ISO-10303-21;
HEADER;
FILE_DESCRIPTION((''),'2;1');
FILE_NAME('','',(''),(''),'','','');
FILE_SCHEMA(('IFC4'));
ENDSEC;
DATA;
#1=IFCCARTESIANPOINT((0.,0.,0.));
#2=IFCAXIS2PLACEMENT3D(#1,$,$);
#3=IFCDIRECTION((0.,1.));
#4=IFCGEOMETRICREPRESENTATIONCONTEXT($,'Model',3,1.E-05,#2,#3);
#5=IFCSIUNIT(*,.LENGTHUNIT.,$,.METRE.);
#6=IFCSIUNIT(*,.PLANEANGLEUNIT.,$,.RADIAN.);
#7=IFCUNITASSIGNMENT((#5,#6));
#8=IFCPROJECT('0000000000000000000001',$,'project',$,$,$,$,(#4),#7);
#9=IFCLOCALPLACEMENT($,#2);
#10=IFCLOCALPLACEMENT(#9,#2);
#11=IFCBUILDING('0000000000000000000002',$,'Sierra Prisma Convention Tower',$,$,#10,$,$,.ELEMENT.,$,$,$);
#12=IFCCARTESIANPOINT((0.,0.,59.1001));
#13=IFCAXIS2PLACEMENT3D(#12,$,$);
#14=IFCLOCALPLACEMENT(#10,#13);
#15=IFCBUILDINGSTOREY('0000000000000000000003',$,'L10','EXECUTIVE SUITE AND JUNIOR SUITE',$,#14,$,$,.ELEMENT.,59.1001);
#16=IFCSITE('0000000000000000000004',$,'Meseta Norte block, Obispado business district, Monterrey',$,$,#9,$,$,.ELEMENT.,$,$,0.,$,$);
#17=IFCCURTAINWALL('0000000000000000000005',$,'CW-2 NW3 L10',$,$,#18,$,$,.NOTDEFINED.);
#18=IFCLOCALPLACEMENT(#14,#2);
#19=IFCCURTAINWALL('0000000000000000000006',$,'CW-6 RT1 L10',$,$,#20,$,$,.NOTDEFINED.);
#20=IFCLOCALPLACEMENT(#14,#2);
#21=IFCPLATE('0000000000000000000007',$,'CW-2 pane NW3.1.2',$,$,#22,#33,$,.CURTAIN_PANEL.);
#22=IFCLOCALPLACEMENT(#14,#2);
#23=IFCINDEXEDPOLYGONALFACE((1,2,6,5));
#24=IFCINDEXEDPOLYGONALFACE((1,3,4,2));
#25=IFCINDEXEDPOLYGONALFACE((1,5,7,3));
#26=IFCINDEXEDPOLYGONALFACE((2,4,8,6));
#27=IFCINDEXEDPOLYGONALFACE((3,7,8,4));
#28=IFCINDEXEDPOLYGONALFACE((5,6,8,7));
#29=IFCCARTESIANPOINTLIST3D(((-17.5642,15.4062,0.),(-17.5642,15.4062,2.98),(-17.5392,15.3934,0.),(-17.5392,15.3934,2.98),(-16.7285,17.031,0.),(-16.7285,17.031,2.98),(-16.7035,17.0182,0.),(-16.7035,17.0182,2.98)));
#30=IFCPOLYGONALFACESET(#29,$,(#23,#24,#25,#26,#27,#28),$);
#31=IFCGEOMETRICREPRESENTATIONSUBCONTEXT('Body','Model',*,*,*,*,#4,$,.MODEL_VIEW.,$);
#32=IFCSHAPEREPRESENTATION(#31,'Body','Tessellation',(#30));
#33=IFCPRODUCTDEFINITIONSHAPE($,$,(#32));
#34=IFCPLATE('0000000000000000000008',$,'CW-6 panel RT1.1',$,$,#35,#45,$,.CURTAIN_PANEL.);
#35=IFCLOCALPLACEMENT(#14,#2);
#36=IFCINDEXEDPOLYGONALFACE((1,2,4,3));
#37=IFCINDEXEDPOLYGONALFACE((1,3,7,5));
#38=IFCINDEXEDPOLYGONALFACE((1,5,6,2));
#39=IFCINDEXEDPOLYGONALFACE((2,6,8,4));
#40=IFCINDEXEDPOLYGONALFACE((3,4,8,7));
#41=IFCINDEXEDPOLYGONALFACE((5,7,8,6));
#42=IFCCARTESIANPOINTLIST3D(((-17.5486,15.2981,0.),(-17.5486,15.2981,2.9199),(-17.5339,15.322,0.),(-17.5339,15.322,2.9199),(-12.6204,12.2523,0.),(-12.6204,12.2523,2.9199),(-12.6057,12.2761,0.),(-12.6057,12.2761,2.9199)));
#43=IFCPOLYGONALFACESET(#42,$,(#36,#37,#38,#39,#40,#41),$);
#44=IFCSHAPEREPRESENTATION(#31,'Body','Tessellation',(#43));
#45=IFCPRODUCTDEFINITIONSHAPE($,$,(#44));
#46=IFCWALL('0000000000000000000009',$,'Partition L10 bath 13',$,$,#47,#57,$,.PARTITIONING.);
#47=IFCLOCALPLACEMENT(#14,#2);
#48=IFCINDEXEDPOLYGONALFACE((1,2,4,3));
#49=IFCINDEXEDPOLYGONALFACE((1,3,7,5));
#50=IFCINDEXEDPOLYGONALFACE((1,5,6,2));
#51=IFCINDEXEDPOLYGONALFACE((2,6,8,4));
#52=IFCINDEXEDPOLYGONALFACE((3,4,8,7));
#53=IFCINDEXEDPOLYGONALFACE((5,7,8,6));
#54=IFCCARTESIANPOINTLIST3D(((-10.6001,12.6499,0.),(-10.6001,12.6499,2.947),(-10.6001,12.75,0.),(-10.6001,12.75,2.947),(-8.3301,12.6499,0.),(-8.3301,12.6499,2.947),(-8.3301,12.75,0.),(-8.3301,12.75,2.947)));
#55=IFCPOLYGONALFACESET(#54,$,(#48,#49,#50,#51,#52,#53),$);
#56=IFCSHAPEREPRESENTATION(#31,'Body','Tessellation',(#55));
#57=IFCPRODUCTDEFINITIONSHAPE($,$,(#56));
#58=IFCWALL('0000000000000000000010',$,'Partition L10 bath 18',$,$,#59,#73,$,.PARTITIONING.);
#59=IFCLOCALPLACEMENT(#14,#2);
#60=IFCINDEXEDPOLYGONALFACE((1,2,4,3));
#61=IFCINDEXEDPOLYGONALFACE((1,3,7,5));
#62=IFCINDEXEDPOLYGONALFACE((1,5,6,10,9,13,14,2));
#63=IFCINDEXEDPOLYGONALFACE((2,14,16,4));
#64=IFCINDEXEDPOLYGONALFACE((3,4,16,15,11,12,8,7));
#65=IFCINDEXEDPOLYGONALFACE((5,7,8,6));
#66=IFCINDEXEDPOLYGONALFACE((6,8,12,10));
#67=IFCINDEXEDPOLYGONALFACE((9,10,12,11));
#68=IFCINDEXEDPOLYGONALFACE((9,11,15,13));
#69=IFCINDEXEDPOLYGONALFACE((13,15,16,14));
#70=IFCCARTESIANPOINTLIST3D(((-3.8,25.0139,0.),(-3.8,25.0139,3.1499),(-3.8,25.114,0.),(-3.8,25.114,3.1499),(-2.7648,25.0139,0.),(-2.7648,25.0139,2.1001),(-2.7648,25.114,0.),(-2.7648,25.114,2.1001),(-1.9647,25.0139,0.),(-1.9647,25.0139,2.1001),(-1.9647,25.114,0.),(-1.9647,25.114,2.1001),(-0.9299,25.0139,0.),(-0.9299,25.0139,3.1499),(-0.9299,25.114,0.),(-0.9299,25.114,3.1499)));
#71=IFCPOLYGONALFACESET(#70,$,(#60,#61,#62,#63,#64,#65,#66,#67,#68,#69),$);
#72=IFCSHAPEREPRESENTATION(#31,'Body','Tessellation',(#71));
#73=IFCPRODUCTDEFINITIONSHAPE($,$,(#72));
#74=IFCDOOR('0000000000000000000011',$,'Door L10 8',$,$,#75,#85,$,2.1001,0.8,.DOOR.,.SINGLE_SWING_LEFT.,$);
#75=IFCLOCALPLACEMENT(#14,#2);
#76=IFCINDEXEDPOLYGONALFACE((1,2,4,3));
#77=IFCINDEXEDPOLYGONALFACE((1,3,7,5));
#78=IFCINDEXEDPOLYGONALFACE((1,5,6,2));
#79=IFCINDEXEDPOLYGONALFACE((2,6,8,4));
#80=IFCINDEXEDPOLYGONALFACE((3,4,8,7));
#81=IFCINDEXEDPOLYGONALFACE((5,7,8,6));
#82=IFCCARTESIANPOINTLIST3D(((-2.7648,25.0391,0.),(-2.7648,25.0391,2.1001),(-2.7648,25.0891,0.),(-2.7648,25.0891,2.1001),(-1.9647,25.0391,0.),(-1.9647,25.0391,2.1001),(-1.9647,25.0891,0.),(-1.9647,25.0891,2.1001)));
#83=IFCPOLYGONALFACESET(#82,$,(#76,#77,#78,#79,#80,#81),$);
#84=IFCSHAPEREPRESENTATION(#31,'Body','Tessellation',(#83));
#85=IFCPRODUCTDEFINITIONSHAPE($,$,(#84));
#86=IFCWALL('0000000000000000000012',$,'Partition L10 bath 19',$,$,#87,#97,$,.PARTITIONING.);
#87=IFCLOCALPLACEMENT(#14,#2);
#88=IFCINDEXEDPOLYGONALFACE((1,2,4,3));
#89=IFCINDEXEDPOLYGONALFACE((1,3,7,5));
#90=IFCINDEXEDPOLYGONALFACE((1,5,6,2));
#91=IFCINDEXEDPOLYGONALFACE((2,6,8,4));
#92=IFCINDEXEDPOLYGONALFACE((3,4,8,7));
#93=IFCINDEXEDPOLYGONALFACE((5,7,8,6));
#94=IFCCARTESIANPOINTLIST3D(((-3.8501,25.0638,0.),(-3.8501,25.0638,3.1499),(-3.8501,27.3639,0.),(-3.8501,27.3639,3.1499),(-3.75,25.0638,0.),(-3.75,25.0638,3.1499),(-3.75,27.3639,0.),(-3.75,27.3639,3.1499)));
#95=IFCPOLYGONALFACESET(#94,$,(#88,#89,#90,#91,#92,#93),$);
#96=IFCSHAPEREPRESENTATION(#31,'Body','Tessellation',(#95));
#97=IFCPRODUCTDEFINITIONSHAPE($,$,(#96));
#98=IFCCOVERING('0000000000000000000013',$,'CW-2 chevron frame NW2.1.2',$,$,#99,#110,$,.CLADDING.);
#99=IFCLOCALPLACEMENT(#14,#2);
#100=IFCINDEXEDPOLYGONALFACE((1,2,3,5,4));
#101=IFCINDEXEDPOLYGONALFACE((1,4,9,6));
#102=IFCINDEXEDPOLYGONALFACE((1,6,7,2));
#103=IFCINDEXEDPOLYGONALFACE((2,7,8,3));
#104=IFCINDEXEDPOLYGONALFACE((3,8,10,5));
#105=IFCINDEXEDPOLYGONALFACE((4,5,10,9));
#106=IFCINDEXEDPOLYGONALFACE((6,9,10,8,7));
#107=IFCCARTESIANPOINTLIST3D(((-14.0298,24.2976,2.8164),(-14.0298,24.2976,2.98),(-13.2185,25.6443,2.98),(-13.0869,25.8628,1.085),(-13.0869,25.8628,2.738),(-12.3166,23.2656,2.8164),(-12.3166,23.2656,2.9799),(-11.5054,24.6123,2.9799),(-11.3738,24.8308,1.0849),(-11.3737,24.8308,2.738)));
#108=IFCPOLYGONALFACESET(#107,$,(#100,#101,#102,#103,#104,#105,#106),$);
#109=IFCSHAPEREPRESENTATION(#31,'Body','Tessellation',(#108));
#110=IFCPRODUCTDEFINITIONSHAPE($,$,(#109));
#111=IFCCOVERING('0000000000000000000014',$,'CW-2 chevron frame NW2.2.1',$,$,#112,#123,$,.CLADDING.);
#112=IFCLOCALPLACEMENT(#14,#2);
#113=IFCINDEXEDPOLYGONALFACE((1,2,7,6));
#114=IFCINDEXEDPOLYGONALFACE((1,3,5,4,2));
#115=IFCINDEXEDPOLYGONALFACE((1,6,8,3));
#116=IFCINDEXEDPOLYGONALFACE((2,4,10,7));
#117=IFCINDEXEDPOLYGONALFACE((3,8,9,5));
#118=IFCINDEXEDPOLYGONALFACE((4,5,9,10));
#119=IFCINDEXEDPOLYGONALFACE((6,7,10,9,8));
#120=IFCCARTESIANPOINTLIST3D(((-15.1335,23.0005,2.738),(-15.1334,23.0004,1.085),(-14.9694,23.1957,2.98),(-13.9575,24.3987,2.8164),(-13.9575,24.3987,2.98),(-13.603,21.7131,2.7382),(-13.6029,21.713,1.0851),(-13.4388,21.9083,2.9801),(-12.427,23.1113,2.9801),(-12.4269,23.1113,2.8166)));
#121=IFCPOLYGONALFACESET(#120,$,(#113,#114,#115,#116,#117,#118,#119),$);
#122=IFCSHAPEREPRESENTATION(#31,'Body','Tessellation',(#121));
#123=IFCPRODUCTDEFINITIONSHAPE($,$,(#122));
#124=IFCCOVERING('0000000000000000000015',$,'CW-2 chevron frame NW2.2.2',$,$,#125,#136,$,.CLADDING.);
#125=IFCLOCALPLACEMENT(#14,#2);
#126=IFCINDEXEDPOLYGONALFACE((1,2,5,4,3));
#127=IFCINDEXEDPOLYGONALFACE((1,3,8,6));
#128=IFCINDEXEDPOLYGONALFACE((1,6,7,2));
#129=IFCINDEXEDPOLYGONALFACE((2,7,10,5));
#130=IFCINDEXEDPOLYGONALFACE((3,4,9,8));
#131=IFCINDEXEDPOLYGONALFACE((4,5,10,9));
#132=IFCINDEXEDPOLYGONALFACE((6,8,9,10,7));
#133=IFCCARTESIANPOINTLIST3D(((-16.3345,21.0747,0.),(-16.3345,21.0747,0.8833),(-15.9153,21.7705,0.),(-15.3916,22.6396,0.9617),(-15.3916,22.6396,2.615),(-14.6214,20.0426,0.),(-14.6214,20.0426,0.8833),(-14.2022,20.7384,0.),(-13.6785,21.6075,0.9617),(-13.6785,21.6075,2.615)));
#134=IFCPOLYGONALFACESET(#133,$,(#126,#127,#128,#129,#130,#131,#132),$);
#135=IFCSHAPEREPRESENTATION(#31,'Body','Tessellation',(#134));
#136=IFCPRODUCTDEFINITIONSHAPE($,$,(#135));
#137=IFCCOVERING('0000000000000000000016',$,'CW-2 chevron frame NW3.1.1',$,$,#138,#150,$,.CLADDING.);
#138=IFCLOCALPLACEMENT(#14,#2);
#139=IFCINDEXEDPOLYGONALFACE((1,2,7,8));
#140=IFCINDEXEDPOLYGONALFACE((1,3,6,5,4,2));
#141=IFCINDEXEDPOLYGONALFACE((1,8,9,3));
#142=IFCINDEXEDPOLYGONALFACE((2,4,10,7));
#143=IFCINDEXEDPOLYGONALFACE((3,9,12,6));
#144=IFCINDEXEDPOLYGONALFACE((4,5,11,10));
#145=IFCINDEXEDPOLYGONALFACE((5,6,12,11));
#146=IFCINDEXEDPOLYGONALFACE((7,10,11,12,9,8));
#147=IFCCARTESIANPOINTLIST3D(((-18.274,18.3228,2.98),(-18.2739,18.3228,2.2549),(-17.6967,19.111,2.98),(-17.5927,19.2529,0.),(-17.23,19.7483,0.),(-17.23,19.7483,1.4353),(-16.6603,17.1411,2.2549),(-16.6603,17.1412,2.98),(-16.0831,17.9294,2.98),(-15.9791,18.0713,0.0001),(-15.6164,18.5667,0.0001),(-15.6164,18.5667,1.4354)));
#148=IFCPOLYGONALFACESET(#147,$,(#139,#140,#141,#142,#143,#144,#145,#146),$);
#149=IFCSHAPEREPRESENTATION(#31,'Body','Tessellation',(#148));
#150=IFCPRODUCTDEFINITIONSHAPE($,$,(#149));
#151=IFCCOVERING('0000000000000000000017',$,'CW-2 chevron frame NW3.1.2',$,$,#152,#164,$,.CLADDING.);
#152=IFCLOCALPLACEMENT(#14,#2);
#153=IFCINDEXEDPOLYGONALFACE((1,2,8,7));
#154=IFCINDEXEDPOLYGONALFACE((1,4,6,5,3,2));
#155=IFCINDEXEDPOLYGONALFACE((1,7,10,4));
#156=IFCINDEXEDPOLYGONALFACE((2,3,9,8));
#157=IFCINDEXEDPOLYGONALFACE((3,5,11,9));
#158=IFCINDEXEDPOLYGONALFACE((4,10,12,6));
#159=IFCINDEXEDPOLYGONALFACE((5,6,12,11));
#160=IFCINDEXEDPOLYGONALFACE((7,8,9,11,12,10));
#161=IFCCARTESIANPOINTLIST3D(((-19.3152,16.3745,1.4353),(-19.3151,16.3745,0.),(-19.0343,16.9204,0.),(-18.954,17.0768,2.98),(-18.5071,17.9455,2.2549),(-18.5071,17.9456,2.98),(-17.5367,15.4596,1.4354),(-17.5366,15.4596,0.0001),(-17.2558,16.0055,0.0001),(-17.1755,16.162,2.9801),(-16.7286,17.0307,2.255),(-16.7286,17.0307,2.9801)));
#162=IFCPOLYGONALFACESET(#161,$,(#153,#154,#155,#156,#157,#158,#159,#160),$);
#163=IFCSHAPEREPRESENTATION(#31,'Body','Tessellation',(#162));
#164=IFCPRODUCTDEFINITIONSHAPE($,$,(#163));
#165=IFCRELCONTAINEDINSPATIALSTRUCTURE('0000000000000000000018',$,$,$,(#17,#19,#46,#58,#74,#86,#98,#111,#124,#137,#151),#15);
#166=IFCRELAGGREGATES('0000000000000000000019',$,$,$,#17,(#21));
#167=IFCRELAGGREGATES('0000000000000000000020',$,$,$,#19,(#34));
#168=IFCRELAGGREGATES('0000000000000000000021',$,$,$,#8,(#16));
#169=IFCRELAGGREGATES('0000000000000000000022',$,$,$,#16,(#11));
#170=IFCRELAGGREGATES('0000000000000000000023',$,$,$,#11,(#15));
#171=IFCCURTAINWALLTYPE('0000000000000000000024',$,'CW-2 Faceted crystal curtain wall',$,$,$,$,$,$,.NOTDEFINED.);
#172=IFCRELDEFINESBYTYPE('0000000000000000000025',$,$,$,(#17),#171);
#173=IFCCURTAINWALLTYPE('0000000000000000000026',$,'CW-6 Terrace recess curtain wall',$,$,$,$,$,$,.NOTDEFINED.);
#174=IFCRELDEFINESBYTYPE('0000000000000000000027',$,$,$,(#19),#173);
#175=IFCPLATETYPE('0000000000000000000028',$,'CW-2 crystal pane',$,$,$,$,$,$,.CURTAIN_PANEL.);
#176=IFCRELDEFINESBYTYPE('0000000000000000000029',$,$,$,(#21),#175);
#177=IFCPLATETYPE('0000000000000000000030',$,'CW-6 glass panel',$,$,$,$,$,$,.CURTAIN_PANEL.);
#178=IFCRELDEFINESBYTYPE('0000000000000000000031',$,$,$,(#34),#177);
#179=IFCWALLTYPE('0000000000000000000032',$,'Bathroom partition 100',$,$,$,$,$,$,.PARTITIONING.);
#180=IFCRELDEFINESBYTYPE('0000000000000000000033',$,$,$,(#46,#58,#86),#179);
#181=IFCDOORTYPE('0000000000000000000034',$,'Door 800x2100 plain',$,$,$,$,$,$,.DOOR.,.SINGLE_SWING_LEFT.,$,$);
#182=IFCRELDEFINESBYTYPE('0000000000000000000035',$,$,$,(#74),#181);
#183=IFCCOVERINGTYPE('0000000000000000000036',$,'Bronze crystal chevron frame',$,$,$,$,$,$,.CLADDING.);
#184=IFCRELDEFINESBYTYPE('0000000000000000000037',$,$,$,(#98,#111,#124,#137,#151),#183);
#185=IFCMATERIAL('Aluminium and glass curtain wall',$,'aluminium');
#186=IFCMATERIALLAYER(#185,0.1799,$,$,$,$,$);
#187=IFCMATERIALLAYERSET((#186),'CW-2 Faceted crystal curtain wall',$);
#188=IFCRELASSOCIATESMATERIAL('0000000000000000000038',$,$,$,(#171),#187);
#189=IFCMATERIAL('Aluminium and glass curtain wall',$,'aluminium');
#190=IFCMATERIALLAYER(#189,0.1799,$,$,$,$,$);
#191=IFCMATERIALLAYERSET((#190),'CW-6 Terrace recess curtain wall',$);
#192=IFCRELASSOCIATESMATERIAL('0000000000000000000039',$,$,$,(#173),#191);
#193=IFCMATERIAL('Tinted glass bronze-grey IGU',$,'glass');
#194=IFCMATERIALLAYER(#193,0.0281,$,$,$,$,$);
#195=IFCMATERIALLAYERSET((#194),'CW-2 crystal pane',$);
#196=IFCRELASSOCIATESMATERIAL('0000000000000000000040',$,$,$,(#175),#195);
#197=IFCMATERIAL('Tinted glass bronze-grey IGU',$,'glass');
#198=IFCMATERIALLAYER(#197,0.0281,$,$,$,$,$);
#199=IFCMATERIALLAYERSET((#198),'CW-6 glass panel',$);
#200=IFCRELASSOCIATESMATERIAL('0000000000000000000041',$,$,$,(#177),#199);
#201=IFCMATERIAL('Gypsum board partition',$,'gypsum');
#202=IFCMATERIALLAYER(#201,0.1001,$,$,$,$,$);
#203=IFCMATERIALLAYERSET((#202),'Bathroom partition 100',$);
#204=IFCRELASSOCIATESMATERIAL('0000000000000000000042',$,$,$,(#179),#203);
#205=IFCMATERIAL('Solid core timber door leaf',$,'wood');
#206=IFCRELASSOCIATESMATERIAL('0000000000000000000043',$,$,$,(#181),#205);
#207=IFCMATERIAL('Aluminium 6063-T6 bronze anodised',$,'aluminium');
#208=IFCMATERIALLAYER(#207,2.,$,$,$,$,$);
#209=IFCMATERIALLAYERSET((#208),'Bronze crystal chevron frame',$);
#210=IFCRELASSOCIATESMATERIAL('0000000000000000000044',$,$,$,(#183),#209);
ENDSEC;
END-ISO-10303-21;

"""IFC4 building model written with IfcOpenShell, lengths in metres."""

from ifc_helpers import new_model, si_unit, direction, frame, frame_2d, origin, origin_2d, place, context, subcontext, project, spatial, polyline, rectangle, outline, extrude, material, layer, layer_set, type_object, element, fill, aggregate, save


model = new_model("IFC4")

# Units and contexts
model_context = context("Model", 3, precision=1e-05, world=origin(), true_north=direction((0.0, 1.0)))
body_context = subcontext(model_context, "Body", "Model", "MODEL_VIEW")
ifc_project = project(units=[si_unit("LENGTHUNIT", "METRE"), si_unit("PLANEANGLEUNIT", "RADIAN")], contexts=[model_context])

# Site, building, storey
site_placement = place(None, origin())
site = spatial("IfcSite", under=ifc_project, at=site_placement, Name="Meseta Norte block, Obispado business district, Monterrey", CompositionType="ELEMENT", RefElevation=0.0)
building_placement = place(site_placement, origin())
building = spatial("IfcBuilding", under=site, at=building_placement, Name="Sierra Prisma Convention Tower", CompositionType="ELEMENT")
storey_placement = place(building_placement, frame((0.0, 0.0, 59.1001)))
storey = spatial("IfcBuildingStorey", under=building, at=storey_placement, Name="L10", Description="EXECUTIVE SUITE AND JUNIOR SUITE", CompositionType="ELEMENT", Elevation=59.1001)

# Shared definitions
ifc_material_1 = material(Name="Aluminium and glass curtain wall", Category="aluminium")
ifc_layer_1 = layer(ifc_material_1, 0.1799)
ifc_layer_set_1 = layer_set([ifc_layer_1], Name="CW-2 Faceted crystal curtain wall")
curtain_wall_type_1 = type_object("IfcCurtainWallType", Name="CW-2 Faceted crystal curtain wall", PredefinedType="NOTDEFINED", material=ifc_layer_set_1)

# Curtain wall
curtain_wall_1_placement = place(storey_placement, origin())
curtain_wall_1 = element("IfcCurtainWall", 1, at=curtain_wall_1_placement, inside=storey, type_object=curtain_wall_type_1, Name="CW-2 NW3 L10", PredefinedType="NOTDEFINED")

# Curtain wall
ifc_material_2 = material(Name="Aluminium and glass curtain wall", Category="aluminium")
ifc_layer_2 = layer(ifc_material_2, 0.1799)
ifc_layer_set_2 = layer_set([ifc_layer_2], Name="CW-6 Terrace recess curtain wall")
curtain_wall_type_2 = type_object("IfcCurtainWallType", Name="CW-6 Terrace recess curtain wall", PredefinedType="NOTDEFINED", material=ifc_layer_set_2)
curtain_wall_2_placement = place(storey_placement, origin())
curtain_wall_2 = element("IfcCurtainWall", 2, at=curtain_wall_2_placement, inside=storey, type_object=curtain_wall_type_2, Name="CW-6 RT1 L10", PredefinedType="NOTDEFINED")

# Plates
ifc_material_3 = material(Name="Tinted glass bronze-grey IGU", Category="glass")
ifc_layer_3 = layer(ifc_material_3, 0.0281)
ifc_layer_set_3 = layer_set([ifc_layer_3], Name="CW-2 crystal pane")
plate_type_1 = type_object("IfcPlateType", Name="CW-2 crystal pane", PredefinedType="CURTAIN_PANEL", material=ifc_layer_set_3)
plate_1_placement = place(storey_placement, frame((-17.5642, 15.4062, 0.0), z_axis=(-0.889265, 0.457393, 0.0), x_axis=(0.457393, 0.889265, 0.0)))
plate_1 = element("IfcPlate", 3, at=plate_1_placement, type_object=plate_type_1, Name="CW-2 pane NW3.1.2", PredefinedType="CURTAIN_PANEL", context=body_context, shape_type="SweptSolid", body=[
    extrude(outline(polyline([(0.0, 0.0), (1.8271, 0.0), (1.8271, -2.98), (0.0, -2.98), (0.0, 0.0)])), origin(), (0.0, 0.0, -1.0), 0.0281),
])
aggregate(curtain_wall_1, [plate_1])
ifc_material_4 = material(Name="Tinted glass bronze-grey IGU", Category="glass")
ifc_layer_4 = layer(ifc_material_4, 0.0281)
ifc_layer_set_4 = layer_set([ifc_layer_4], Name="CW-6 glass panel")
plate_type_2 = type_object("IfcPlateType", Name="CW-6 glass panel", PredefinedType="CURTAIN_PANEL", material=ifc_layer_set_4)
plate_2_placement = place(storey_placement, frame((-15.0771, 13.7871, 0.0), z_axis=(0.0, 0.0, 1.0), x_axis=(0.850649, -0.525734, 0.0)))
plate_2 = element("IfcPlate", 4, at=plate_2_placement, type_object=plate_type_2, Name="CW-6 panel RT1.1", PredefinedType="CURTAIN_PANEL", context=body_context, shape_type="SweptSolid", body=[
    extrude(rectangle(XDim=5.7935, YDim=0.0281, at=origin_2d()), origin(), (0.0, 0.0, 1.0), 2.9199),
])
aggregate(curtain_wall_2, [plate_2])

# Wall
ifc_material_5 = material(Name="Gypsum board partition", Category="gypsum")
ifc_layer_5 = layer(ifc_material_5, 0.1001)
ifc_layer_set_5 = layer_set([ifc_layer_5], Name="Bathroom partition 100")
wall_type = type_object("IfcWallType", Name="Bathroom partition 100", PredefinedType="PARTITIONING", material=ifc_layer_set_5)
wall_1_placement = place(storey_placement, frame((-10.6001, 12.7, 0.0), z_axis=(0.0, 0.0, 1.0), x_axis=(1.0, 0.0, 0.0)))
element("IfcWall", 5, at=wall_1_placement, inside=storey, type_object=wall_type, Name="Partition L10 bath 13", PredefinedType="PARTITIONING", context=body_context, shape_type="SweptSolid", body=[
    extrude(rectangle(XDim=2.27, YDim=0.1001, at=frame_2d((1.135, 0.0))), origin(), (0.0, 0.0, 1.0), 2.947),
])

# Wall, opening, door
wall_2_placement = place(storey_placement, frame((-0.9299, 25.064, 0.0), z_axis=(0.0, 0.0, 1.0), x_axis=(-1.0, 0.0, 0.0)))
wall_2 = element("IfcWall", 6, at=wall_2_placement, inside=storey, type_object=wall_type, Name="Partition L10 bath 18", PredefinedType="PARTITIONING", context=body_context, shape_type="SweptSolid", body=[
    extrude(rectangle(XDim=2.8701, YDim=0.1001, at=frame_2d((1.4351, 0.0))), origin(), (0.0, 0.0, 1.0), 3.1499),
])
opening_placement = place(wall_2_placement, frame((1.0349, 0.0, 0.0)))
opening = element("IfcOpeningElement", 7, at=opening_placement, cuts=wall_2, PredefinedType="OPENING", context=body_context, shape_type="SweptSolid", body=[
    extrude(rectangle(XDim=0.8, YDim=2.1001, at=frame_2d((0.3999, 1.05))), frame((0.0, 0.05, 0.0), z_axis=(0.0, -1.0, 0.0), x_axis=(1.0, 0.0, 0.0)), (0.0, 0.0, 1.0), 0.1001),
])
ifc_material_6 = material(Name="Solid core timber door leaf", Category="wood")
door_type = type_object("IfcDoorType", Name="Door 800x2100 plain", OperationType="SINGLE_SWING_LEFT", PredefinedType="DOOR", material=ifc_material_6)
door_placement = place(opening_placement, origin())
door = element("IfcDoor", 8, at=door_placement, inside=storey, type_object=door_type, Name="Door L10 8", OperationType="SINGLE_SWING_LEFT", OverallHeight=2.1001, OverallWidth=0.8, PredefinedType="DOOR", context=body_context, shape_type="SweptSolid", body=[
    extrude(rectangle(XDim=0.8, YDim=2.1001, at=frame_2d((0.3999, 1.05))), frame((0.0, 0.0249, 0.0), z_axis=(0.0, -1.0, 0.0), x_axis=(1.0, 0.0, 0.0)), (0.0, 0.0, 1.0), 0.05),
])
fill(opening, door)

# Wall
wall_3_placement = place(storey_placement, frame((-3.8, 25.064, 0.0), z_axis=(0.0, 0.0, 1.0), x_axis=(0.0, 1.0, 0.0)))
element("IfcWall", 9, at=wall_3_placement, inside=storey, type_object=wall_type, Name="Partition L10 bath 19", PredefinedType="PARTITIONING", context=body_context, shape_type="SweptSolid", body=[
    extrude(rectangle(XDim=2.3, YDim=0.1001, at=frame_2d((1.1499, 0.0))), origin(), (0.0, 0.0, 1.0), 3.1499),
])

# Coverings
ifc_material_7 = material(Name="Aluminium 6063-T6 bronze anodised", Category="aluminium")
ifc_layer_6 = layer(ifc_material_7, 2.0)
ifc_layer_set_6 = layer_set([ifc_layer_6], Name="Bronze crystal chevron frame")
covering_type = type_object("IfcCoveringType", Name="Bronze crystal chevron frame", PredefinedType="CLADDING", material=ifc_layer_set_6)
covering_1_placement = place(storey_placement, frame((-13.0869, 25.8628, 2.738), z_axis=(-0.856583, 0.51601, 0.000015), x_axis=(-0.000013, 0.000008, -1.0)))
element("IfcCovering", 10, at=covering_1_placement, inside=storey, type_object=covering_type, Name="CW-2 chevron frame NW2.1.2", PredefinedType="CLADDING", context=body_context, shape_type="SweptSolid", body=[
    extrude(outline(polyline([(0.0, 0.0), (1.6531, 0.0), (-0.0784, 1.8272), (-0.2419, 1.8272), (-0.2419, 0.2551), (0.0, 0.0)])), origin(), (0.0, 0.0, -1.0), 2.0),
])
covering_2_placement = place(storey_placement, frame((-13.9575, 24.3987, 2.98), z_axis=(-0.765282, 0.643695, -0.000081), x_axis=(0.000062, -0.000052, -1.0)))
element("IfcCovering", 11, at=covering_2_placement, inside=storey, type_object=covering_type, Name="CW-2 chevron frame NW2.2.1", PredefinedType="CLADDING", context=body_context, shape_type="SweptSolid", body=[
    extrude(outline(polyline([(0.0, 0.0), (0.1636, 0.0), (1.895, 1.827), (0.2419, 1.827), (0.0, 1.5719), (0.0, 0.0)])), origin(), (0.0, 0.0, -1.0), 2.0),
])
covering_3_placement = place(storey_placement, frame((-16.3345, 21.0747, 0.0), z_axis=(-0.85655, 0.516063, 0.000008), x_axis=(0.000007, -0.000004, 1.0)))
element("IfcCovering", 12, at=covering_3_placement, inside=storey, type_object=covering_type, Name="CW-2 chevron frame NW2.2.2", PredefinedType="CLADDING", context=body_context, shape_type="SweptSolid", body=[
    extrude(outline(polyline([(0.0, 0.0), (0.8833, 0.0), (2.615, 1.827), (0.9617, 1.827), (0.0, 0.8123), (0.0, 0.0)])), origin(), (0.0, 0.0, -1.0), 2.0),
])
covering_4_placement = place(storey_placement, frame((-17.23, 19.7483, 0.0), z_axis=(-0.806808, 0.590813, -0.000027), x_axis=(-0.590813, -0.806808, 0.0)))
element("IfcCovering", 13, at=covering_4_placement, inside=storey, type_object=covering_type, Name="CW-2 chevron frame NW3.1.1", PredefinedType="CLADDING", context=body_context, shape_type="SweptSolid", body=[
    extrude(outline(polyline([(0.0, 0.0), (0.614, 0.0), (1.7669, 2.2549), (1.7669, 2.98), (0.7899, 2.98), (0.0, 1.4353), (0.0, 0.0)])), origin(), (0.0, 0.0, -1.0), 2.0),
])
covering_5_placement = place(storey_placement, frame((-18.5071, 17.9456, 2.98), z_axis=(-0.889241, 0.457439, -0.000041), x_axis=(0.000036, -0.000019, -1.0)))
element("IfcCovering", 14, at=covering_5_placement, inside=storey, type_object=covering_type, Name="CW-2 chevron frame NW3.1.2", PredefinedType="CLADDING", context=body_context, shape_type="SweptSolid", body=[
    extrude(outline(polyline([(0.0, 0.0), (0.7251, 0.0), (2.98, 1.1528), (2.98, 1.7667), (1.5447, 1.7667), (0.0, 0.9769), (0.0, 0.0)])), origin(), (0.0, 0.0, -1.0), 2.0),
])

save(model, "model.ifc")
